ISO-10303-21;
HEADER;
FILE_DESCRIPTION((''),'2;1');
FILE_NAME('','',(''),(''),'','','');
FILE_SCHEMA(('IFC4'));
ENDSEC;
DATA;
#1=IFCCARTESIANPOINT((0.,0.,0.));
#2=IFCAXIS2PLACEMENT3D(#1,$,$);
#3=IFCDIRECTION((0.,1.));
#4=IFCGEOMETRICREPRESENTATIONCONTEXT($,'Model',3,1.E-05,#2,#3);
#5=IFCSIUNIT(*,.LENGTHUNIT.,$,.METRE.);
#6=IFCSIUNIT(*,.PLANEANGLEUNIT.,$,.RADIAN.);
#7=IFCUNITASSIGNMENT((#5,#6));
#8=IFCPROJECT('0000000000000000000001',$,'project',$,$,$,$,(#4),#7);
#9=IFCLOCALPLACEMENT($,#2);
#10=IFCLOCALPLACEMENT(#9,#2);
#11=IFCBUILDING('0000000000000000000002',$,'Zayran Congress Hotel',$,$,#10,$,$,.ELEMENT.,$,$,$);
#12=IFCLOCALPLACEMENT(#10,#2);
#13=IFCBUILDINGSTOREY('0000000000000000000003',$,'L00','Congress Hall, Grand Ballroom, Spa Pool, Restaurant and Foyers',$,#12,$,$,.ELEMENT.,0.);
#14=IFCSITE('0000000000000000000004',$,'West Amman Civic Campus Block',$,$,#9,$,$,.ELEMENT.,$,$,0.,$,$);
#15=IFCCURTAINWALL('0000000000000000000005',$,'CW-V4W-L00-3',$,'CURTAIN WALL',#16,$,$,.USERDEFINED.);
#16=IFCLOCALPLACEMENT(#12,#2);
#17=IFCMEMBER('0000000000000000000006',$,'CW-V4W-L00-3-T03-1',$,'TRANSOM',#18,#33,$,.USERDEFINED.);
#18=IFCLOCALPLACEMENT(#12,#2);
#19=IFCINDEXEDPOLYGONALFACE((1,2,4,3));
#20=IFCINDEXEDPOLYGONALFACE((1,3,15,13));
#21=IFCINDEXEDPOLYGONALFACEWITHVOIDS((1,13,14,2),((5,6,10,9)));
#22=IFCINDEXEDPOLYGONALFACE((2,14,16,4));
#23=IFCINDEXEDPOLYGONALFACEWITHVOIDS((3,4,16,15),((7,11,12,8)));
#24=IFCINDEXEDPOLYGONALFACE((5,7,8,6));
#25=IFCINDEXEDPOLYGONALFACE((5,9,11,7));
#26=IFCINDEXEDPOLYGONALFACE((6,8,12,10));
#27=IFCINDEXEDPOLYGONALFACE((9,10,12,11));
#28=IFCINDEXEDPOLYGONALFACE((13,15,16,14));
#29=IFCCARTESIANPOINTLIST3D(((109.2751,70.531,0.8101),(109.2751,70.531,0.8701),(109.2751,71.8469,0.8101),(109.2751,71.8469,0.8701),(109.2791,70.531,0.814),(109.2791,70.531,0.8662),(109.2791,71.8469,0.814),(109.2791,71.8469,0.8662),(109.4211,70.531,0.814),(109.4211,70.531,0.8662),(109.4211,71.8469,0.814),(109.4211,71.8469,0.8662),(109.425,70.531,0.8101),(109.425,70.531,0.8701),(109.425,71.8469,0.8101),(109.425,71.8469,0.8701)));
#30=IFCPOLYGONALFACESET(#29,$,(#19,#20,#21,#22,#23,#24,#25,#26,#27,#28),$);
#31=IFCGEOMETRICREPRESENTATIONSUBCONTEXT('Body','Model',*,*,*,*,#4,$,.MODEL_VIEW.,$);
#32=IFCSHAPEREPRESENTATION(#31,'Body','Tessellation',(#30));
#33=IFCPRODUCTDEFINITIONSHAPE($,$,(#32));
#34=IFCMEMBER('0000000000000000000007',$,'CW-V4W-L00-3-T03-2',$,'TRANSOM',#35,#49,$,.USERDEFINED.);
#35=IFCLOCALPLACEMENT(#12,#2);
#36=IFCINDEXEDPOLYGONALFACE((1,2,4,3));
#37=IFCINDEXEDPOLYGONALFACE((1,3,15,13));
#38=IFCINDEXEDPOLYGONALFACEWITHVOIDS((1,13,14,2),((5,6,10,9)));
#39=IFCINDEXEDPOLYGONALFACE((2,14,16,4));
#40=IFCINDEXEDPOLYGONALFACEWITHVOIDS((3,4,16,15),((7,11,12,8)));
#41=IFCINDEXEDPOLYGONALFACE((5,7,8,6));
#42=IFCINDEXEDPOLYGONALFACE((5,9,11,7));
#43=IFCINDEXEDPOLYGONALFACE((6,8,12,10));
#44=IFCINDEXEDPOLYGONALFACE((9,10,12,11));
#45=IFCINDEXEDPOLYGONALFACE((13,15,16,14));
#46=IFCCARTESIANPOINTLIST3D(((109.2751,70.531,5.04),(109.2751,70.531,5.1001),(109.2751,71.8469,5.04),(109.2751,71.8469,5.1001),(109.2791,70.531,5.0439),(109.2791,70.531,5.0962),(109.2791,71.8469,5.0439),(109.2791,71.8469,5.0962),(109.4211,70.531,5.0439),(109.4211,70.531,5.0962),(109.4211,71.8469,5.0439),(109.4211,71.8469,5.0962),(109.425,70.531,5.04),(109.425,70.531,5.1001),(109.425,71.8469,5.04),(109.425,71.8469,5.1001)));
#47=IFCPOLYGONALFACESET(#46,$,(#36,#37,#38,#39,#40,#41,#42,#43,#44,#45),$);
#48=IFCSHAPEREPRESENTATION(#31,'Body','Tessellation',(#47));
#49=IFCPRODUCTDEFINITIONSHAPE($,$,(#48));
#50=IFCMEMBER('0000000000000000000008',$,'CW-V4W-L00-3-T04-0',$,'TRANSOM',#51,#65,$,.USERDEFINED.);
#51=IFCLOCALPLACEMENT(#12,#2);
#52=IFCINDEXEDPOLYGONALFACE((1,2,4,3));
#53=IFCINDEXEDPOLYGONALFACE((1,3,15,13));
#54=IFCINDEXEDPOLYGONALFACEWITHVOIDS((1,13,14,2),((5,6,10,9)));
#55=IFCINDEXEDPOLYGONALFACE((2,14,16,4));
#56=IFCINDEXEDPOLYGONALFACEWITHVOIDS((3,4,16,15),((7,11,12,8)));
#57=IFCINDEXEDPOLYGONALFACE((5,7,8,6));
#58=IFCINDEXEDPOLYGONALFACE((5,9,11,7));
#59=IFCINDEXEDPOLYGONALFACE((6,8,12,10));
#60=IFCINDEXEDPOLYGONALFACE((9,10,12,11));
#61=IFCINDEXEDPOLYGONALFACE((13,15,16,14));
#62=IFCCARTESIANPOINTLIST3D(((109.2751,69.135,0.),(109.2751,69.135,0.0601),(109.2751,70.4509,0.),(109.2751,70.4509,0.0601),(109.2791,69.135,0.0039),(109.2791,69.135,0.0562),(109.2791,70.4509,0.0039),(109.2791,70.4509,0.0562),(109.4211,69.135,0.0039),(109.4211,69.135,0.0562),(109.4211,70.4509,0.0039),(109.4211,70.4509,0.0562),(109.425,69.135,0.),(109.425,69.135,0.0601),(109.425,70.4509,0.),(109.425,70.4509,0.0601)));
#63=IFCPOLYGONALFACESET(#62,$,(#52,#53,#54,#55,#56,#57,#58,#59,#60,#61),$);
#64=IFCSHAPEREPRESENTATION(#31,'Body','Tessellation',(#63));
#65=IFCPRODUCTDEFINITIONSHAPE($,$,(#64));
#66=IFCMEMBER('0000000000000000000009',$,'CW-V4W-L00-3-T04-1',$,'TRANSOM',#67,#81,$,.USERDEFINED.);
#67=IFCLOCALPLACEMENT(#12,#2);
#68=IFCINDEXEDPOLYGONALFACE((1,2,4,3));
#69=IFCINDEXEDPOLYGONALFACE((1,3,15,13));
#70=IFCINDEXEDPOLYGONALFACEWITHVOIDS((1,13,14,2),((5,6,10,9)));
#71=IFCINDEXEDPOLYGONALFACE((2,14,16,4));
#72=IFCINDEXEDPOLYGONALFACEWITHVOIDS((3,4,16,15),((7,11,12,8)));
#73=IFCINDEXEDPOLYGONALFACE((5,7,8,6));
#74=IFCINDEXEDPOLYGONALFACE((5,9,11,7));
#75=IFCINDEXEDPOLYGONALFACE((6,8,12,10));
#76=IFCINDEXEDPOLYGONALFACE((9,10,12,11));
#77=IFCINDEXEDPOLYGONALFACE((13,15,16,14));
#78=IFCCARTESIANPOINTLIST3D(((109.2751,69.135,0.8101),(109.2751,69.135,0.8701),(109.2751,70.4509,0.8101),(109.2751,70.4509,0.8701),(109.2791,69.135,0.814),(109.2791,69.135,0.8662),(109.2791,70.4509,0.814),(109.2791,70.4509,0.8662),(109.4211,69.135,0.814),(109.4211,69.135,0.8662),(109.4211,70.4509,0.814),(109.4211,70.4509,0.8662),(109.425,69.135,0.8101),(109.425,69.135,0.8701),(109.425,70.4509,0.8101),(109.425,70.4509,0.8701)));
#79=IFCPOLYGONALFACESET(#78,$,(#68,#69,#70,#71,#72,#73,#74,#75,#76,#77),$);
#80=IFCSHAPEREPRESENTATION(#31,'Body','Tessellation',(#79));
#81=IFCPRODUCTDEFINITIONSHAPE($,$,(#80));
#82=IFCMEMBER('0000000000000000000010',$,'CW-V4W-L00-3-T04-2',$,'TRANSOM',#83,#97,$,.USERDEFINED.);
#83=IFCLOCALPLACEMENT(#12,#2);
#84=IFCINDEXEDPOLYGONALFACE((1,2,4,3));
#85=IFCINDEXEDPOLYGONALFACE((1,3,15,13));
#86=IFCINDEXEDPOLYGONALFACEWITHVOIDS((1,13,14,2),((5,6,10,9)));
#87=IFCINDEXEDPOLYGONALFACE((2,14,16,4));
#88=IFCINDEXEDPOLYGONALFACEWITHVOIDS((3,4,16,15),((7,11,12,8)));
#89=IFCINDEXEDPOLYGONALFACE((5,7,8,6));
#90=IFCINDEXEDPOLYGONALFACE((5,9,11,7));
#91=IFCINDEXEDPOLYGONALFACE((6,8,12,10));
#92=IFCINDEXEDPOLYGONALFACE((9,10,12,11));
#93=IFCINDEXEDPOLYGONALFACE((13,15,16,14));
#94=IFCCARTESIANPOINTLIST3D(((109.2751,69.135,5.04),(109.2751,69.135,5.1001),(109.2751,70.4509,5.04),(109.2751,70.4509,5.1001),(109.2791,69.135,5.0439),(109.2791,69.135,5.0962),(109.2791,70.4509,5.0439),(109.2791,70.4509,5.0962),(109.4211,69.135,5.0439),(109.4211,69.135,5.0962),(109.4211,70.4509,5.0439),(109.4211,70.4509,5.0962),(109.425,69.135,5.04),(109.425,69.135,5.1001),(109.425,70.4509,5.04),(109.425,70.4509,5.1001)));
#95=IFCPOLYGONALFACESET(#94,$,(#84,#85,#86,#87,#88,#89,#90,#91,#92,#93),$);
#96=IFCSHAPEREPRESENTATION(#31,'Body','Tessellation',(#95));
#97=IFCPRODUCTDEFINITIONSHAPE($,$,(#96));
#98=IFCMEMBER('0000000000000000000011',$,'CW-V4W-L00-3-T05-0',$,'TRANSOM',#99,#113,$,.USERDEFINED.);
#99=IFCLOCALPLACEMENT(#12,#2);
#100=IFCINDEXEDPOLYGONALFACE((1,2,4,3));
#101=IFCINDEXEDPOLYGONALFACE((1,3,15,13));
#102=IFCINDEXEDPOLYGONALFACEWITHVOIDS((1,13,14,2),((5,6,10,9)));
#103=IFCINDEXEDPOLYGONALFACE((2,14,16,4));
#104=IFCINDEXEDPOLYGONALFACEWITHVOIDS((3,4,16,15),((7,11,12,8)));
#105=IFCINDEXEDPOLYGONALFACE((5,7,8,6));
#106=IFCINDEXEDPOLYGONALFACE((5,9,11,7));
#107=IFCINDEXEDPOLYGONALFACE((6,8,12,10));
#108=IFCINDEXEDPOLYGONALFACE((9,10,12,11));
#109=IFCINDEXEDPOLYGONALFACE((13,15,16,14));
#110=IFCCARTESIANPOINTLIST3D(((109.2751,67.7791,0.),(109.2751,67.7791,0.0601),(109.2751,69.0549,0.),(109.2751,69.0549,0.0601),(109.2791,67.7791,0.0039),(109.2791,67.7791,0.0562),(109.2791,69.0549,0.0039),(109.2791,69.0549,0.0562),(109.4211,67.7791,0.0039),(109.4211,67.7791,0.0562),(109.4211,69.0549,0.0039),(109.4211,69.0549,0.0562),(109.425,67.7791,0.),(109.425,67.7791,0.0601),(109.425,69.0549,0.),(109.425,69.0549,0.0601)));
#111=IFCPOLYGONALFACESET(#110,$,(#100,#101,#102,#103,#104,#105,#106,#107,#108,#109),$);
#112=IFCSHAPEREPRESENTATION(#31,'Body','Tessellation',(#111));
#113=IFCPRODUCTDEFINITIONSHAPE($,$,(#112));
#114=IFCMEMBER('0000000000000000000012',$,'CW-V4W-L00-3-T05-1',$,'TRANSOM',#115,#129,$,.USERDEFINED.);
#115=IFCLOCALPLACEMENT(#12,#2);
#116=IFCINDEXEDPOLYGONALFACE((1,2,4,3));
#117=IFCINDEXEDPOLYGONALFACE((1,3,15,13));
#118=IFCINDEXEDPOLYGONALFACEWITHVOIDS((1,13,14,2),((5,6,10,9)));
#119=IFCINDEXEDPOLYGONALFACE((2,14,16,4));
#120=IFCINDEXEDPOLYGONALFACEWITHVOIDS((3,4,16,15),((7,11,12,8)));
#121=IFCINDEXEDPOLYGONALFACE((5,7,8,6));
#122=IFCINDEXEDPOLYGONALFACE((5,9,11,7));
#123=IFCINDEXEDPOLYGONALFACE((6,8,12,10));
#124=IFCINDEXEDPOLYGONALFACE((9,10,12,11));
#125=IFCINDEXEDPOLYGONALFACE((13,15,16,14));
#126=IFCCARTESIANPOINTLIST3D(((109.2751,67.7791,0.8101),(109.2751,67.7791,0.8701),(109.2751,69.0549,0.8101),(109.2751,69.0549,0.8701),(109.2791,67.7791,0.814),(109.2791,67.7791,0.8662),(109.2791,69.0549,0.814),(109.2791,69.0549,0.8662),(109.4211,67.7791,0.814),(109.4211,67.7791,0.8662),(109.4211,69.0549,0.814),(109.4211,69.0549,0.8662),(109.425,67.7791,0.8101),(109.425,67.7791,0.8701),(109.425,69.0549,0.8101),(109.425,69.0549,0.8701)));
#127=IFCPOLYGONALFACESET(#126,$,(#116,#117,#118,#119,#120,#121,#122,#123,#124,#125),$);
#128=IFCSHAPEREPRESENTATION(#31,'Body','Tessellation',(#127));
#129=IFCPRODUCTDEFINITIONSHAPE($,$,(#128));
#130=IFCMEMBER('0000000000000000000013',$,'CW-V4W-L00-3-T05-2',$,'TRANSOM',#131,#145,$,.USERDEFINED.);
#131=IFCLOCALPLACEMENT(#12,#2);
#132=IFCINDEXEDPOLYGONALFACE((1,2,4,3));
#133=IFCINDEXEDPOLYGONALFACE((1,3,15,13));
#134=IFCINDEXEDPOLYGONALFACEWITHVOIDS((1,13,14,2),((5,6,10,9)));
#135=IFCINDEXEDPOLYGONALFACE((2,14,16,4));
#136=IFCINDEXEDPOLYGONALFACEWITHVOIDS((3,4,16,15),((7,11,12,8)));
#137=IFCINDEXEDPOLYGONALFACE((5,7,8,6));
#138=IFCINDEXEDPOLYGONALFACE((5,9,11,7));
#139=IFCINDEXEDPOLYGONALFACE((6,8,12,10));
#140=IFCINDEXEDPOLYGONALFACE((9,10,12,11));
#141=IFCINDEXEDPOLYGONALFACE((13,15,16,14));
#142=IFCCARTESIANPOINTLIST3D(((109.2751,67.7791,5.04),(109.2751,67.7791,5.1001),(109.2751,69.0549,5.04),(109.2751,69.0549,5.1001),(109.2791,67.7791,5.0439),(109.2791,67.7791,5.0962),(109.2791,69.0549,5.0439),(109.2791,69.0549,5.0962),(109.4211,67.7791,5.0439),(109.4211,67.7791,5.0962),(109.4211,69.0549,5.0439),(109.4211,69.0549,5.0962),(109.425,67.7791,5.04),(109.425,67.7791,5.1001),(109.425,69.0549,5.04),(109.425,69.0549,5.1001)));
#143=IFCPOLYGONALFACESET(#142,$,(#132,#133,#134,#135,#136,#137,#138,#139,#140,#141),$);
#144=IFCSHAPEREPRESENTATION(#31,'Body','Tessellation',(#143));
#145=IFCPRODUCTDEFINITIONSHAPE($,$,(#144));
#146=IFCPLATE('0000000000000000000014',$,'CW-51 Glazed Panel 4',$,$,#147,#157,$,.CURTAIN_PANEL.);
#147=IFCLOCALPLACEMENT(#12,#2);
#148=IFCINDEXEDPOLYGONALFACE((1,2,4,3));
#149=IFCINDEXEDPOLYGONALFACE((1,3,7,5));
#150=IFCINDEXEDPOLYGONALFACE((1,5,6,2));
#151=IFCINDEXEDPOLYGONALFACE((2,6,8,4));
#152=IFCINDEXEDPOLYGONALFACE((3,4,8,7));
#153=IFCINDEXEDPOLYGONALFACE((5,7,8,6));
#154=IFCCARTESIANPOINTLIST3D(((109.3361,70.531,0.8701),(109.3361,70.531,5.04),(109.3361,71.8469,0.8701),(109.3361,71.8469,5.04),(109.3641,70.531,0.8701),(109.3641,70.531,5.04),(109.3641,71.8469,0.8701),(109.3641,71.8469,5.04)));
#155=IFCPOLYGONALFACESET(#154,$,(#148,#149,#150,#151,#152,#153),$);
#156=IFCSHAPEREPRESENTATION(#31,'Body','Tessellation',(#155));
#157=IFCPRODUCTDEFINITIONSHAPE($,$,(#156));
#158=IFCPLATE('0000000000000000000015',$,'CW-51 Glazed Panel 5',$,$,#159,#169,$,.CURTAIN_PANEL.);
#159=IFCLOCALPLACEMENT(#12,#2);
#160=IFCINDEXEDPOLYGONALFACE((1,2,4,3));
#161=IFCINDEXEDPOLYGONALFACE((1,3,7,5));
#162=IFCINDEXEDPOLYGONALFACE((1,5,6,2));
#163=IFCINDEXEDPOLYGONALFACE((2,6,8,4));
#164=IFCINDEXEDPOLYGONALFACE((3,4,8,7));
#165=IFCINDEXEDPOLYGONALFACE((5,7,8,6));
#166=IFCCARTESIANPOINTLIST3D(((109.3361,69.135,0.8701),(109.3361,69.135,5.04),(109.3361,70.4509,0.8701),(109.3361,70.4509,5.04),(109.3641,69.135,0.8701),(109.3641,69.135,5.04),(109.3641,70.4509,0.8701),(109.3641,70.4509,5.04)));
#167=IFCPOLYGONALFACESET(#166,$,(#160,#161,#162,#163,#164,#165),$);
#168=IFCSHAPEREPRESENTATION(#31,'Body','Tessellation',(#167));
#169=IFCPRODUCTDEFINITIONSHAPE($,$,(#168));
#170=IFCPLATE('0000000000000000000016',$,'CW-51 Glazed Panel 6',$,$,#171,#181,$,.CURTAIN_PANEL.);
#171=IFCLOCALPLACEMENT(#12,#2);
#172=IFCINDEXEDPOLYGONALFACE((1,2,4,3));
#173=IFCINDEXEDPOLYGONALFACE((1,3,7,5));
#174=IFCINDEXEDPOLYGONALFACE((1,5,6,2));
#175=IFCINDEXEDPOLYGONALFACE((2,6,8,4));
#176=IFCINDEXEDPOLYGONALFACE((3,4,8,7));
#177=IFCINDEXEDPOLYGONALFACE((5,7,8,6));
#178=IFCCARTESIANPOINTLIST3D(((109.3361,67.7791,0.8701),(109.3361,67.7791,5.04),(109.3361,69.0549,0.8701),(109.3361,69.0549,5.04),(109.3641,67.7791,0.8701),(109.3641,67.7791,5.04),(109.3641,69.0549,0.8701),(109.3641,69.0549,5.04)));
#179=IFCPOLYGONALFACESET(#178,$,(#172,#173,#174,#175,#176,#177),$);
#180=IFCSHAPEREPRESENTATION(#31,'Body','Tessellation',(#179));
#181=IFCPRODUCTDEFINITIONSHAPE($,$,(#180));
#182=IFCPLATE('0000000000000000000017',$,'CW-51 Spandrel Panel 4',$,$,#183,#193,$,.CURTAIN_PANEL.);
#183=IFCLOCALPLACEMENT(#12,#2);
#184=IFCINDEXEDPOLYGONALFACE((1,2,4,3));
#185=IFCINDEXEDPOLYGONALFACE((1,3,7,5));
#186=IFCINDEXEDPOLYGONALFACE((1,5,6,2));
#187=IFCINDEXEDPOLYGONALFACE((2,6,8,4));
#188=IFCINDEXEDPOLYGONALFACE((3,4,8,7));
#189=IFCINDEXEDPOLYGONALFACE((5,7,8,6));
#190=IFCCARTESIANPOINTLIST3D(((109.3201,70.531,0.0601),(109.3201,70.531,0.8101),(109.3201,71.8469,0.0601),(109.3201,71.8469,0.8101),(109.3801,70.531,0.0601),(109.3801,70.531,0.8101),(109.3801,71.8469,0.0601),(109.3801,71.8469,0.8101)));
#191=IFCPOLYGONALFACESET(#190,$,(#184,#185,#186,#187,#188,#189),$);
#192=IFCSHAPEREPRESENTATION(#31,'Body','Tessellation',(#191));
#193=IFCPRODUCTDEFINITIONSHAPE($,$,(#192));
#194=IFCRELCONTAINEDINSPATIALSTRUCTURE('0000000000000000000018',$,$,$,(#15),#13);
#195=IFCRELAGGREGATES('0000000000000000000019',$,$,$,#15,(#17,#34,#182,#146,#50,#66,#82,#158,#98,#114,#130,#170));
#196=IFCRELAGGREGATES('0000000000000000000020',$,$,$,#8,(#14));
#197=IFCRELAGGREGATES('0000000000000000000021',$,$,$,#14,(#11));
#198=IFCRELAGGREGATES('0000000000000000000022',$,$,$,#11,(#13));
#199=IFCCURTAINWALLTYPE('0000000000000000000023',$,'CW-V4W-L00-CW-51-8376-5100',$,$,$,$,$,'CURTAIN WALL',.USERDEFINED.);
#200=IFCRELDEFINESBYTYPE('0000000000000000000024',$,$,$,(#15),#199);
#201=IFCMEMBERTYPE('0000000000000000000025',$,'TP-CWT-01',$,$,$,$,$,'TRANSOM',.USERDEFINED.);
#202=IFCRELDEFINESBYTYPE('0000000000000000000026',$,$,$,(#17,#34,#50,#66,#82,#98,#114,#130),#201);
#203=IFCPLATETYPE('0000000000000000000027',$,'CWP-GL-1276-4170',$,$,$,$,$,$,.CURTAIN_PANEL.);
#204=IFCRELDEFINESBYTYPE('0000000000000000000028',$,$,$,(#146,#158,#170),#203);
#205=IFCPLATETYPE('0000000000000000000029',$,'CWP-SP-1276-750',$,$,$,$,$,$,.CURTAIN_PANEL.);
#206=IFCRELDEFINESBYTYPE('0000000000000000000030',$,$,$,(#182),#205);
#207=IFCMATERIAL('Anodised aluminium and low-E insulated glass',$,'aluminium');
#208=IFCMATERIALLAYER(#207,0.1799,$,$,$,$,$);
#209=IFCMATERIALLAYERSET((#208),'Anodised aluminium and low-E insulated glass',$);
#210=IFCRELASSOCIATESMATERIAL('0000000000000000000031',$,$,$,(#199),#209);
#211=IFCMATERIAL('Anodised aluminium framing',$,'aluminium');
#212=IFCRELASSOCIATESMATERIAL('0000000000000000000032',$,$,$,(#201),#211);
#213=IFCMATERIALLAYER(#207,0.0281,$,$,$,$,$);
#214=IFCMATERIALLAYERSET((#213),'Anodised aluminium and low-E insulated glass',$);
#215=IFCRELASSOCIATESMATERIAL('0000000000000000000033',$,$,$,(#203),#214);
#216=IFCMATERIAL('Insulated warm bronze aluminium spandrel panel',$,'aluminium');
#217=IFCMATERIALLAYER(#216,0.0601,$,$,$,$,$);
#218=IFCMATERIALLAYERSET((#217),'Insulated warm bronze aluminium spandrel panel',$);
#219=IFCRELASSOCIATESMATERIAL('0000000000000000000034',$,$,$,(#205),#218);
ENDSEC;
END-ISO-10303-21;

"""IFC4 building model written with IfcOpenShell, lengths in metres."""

from ifc_helpers import new_model, si_unit, direction, frame, origin, origin_2d, place, context, subcontext, project, spatial, rectangle, hollow_rectangle, extrude, material, layer, layer_set, material_profile, profile_set, type_object, element, aggregate, save


model = new_model("IFC4")

# Units and contexts
model_context = context("Model", 3, precision=1e-05, world=origin(), true_north=direction((0.0, 1.0)))
body_context = subcontext(model_context, "Body", "Model", "MODEL_VIEW")
ifc_project = project(units=[si_unit("LENGTHUNIT", "METRE"), si_unit("PLANEANGLEUNIT", "RADIAN")], contexts=[model_context])

# Site, building, storey
site_placement = place(None, origin())
site = spatial("IfcSite", under=ifc_project, at=site_placement, Name="West Amman Civic Campus Block", CompositionType="ELEMENT", RefElevation=0.0)
building_placement = place(site_placement, origin())
building = spatial("IfcBuilding", under=site, at=building_placement, Name="Zayran Congress Hotel", CompositionType="ELEMENT")
storey_placement = place(building_placement, origin())
storey = spatial("IfcBuildingStorey", under=building, at=storey_placement, Name="L00", Description="Congress Hall, Grand Ballroom, Spa Pool, Restaurant and Foyers", CompositionType="ELEMENT", Elevation=0.0)

# Shared definitions
ifc_material_1 = material(Name="Anodised aluminium and low-E insulated glass", Category="aluminium")
ifc_material_2 = material(Name="Anodised aluminium framing", Category="aluminium")

# Curtain wall
ifc_layer_1 = layer(ifc_material_1, 0.1799)
ifc_layer_set_1 = layer_set([ifc_layer_1], Name="Anodised aluminium and low-E insulated glass")
curtain_wall_type_1 = type_object("IfcCurtainWallType", Name="CW-V4W-L00-CW-51-8376-5100", ElementType="CURTAIN WALL", PredefinedType="USERDEFINED", material=ifc_layer_set_1)
curtain_wall_1_placement = place(storey_placement, origin())
curtain_wall_1 = element("IfcCurtainWall", 1, at=curtain_wall_1_placement, inside=storey, type_object=curtain_wall_type_1, Name="CW-V4W-L00-3", ObjectType="CURTAIN WALL", PredefinedType="USERDEFINED")

# Members
ifc_material_profile_1 = material_profile(ifc_material_2, hollow_rectangle(XDim=0.0601, YDim=0.1499, WallThickness=0.0039, at=origin_2d()), Name="RHS 150x60x4")
ifc_profile_set_1 = profile_set([ifc_material_profile_1], Name="Anodised aluminium framing")
member_type_1 = type_object("IfcMemberType", Name="TP-CWT-01", ElementType="TRANSOM", PredefinedType="USERDEFINED", material=ifc_profile_set_1)
member_1_placement = place(storey_placement, frame((109.3501, 71.8469, 0.8401), z_axis=(0.0, -1.0, 0.0), x_axis=(0.0, 0.0, 1.0)))
member_1 = element("IfcMember", 2, at=member_1_placement, type_object=member_type_1, Name="CW-V4W-L00-3-T03-1", ObjectType="TRANSOM", PredefinedType="USERDEFINED", context=body_context, shape_type="SweptSolid", body=[
    extrude(hollow_rectangle(XDim=0.0601, YDim=0.1499, WallThickness=0.0039, at=origin_2d()), origin(), (0.0, 0.0, 1.0), 1.3159),
])
member_2_placement = place(storey_placement, frame((109.3501, 71.8469, 5.0701), z_axis=(0.0, -1.0, 0.0), x_axis=(0.0, 0.0, 1.0)))
member_2 = element("IfcMember", 3, at=member_2_placement, type_object=member_type_1, Name="CW-V4W-L00-3-T03-2", ObjectType="TRANSOM", PredefinedType="USERDEFINED", context=body_context, shape_type="SweptSolid", body=[
    extrude(hollow_rectangle(XDim=0.0601, YDim=0.1499, WallThickness=0.0039, at=origin_2d()), origin(), (0.0, 0.0, 1.0), 1.3159),
])
member_3_placement = place(storey_placement, frame((109.3501, 70.4509, 0.03), z_axis=(0.0, -1.0, 0.0), x_axis=(0.0, 0.0, 1.0)))
member_3 = element("IfcMember", 4, at=member_3_placement, type_object=member_type_1, Name="CW-V4W-L00-3-T04-0", ObjectType="TRANSOM", PredefinedType="USERDEFINED", context=body_context, shape_type="SweptSolid", body=[
    extrude(hollow_rectangle(XDim=0.0601, YDim=0.1499, WallThickness=0.0039, at=origin_2d()), origin(), (0.0, 0.0, 1.0), 1.3159),
])
member_4_placement = place(storey_placement, frame((109.3501, 70.4509, 0.8401), z_axis=(0.0, -1.0, 0.0), x_axis=(0.0, 0.0, 1.0)))
member_4 = element("IfcMember", 5, at=member_4_placement, type_object=member_type_1, Name="CW-V4W-L00-3-T04-1", ObjectType="TRANSOM", PredefinedType="USERDEFINED", context=body_context, shape_type="SweptSolid", body=[
    extrude(hollow_rectangle(XDim=0.0601, YDim=0.1499, WallThickness=0.0039, at=origin_2d()), origin(), (0.0, 0.0, 1.0), 1.3159),
])
member_5_placement = place(storey_placement, frame((109.3501, 70.4509, 5.0701), z_axis=(0.0, -1.0, 0.0), x_axis=(0.0, 0.0, 1.0)))
member_5 = element("IfcMember", 6, at=member_5_placement, type_object=member_type_1, Name="CW-V4W-L00-3-T04-2", ObjectType="TRANSOM", PredefinedType="USERDEFINED", context=body_context, shape_type="SweptSolid", body=[
    extrude(hollow_rectangle(XDim=0.0601, YDim=0.1499, WallThickness=0.0039, at=origin_2d()), origin(), (0.0, 0.0, 1.0), 1.3159),
])
member_6_placement = place(storey_placement, frame((109.3501, 69.0549, 0.03), z_axis=(0.0, -1.0, 0.0), x_axis=(0.0, 0.0, 1.0)))
member_6 = element("IfcMember", 7, at=member_6_placement, type_object=member_type_1, Name="CW-V4W-L00-3-T05-0", ObjectType="TRANSOM", PredefinedType="USERDEFINED", context=body_context, shape_type="SweptSolid", body=[
    extrude(hollow_rectangle(XDim=0.0601, YDim=0.1499, WallThickness=0.0039, at=origin_2d()), origin(), (0.0, 0.0, 1.0), 1.2759),
])
member_7_placement = place(storey_placement, frame((109.3501, 69.0549, 0.8401), z_axis=(0.0, -1.0, 0.0), x_axis=(0.0, 0.0, 1.0)))
member_7 = element("IfcMember", 8, at=member_7_placement, type_object=member_type_1, Name="CW-V4W-L00-3-T05-1", ObjectType="TRANSOM", PredefinedType="USERDEFINED", context=body_context, shape_type="SweptSolid", body=[
    extrude(hollow_rectangle(XDim=0.0601, YDim=0.1499, WallThickness=0.0039, at=origin_2d()), origin(), (0.0, 0.0, 1.0), 1.2759),
])
member_8_placement = place(storey_placement, frame((109.3501, 69.0549, 5.0701), z_axis=(0.0, -1.0, 0.0), x_axis=(0.0, 0.0, 1.0)))
member_8 = element("IfcMember", 9, at=member_8_placement, type_object=member_type_1, Name="CW-V4W-L00-3-T05-2", ObjectType="TRANSOM", PredefinedType="USERDEFINED", context=body_context, shape_type="SweptSolid", body=[
    extrude(hollow_rectangle(XDim=0.0601, YDim=0.1499, WallThickness=0.0039, at=origin_2d()), origin(), (0.0, 0.0, 1.0), 1.2759),
])

# Plates
ifc_layer_2 = layer(ifc_material_1, 0.0281)
ifc_layer_set_2 = layer_set([ifc_layer_2], Name="Anodised aluminium and low-E insulated glass")
plate_type_1 = type_object("IfcPlateType", Name="CWP-GL-1276-4170", PredefinedType="CURTAIN_PANEL", material=ifc_layer_set_2)
plate_1_placement = place(storey_placement, frame((109.3501, 71.189, 0.8701), z_axis=(0.0, 0.0, 1.0), x_axis=(0.0, 1.0, 0.0)))
plate_1 = element("IfcPlate", 10, at=plate_1_placement, type_object=plate_type_1, Name="CW-51 Glazed Panel 4", PredefinedType="CURTAIN_PANEL", context=body_context, shape_type="SweptSolid", body=[
    extrude(rectangle(XDim=1.3159, YDim=0.0281, at=origin_2d()), origin(), (0.0, 0.0, 1.0), 4.1699),
])
plate_2_placement = place(storey_placement, frame((109.3501, 69.793, 0.8701), z_axis=(0.0, 0.0, 1.0), x_axis=(0.0, 1.0, 0.0)))
plate_2 = element("IfcPlate", 11, at=plate_2_placement, type_object=plate_type_1, Name="CW-51 Glazed Panel 5", PredefinedType="CURTAIN_PANEL", context=body_context, shape_type="SweptSolid", body=[
    extrude(rectangle(XDim=1.3159, YDim=0.0281, at=origin_2d()), origin(), (0.0, 0.0, 1.0), 4.1699),
])
plate_3_placement = place(storey_placement, frame((109.3501, 68.417, 0.8701), z_axis=(0.0, 0.0, 1.0), x_axis=(0.0, 1.0, 0.0)))
plate_3 = element("IfcPlate", 12, at=plate_3_placement, type_object=plate_type_1, Name="CW-51 Glazed Panel 6", PredefinedType="CURTAIN_PANEL", context=body_context, shape_type="SweptSolid", body=[
    extrude(rectangle(XDim=1.2759, YDim=0.0281, at=origin_2d()), origin(), (0.0, 0.0, 1.0), 4.1699),
])
ifc_material_3 = material(Name="Insulated warm bronze aluminium spandrel panel", Category="aluminium")
ifc_layer_3 = layer(ifc_material_3, 0.0601)
ifc_layer_set_3 = layer_set([ifc_layer_3], Name="Insulated warm bronze aluminium spandrel panel")
plate_type_2 = type_object("IfcPlateType", Name="CWP-SP-1276-750", PredefinedType="CURTAIN_PANEL", material=ifc_layer_set_3)
plate_4_placement = place(storey_placement, frame((109.3501, 71.189, 0.0601), z_axis=(0.0, 0.0, 1.0), x_axis=(0.0, 1.0, 0.0)))
plate_4 = element("IfcPlate", 13, at=plate_4_placement, type_object=plate_type_2, Name="CW-51 Spandrel Panel 4", PredefinedType="CURTAIN_PANEL", context=body_context, shape_type="SweptSolid", body=[
    extrude(rectangle(XDim=1.3159, YDim=0.0601, at=origin_2d()), origin(), (0.0, 0.0, 1.0), 0.75),
])
aggregate(curtain_wall_1, [member_1, member_2, plate_4, plate_1, member_3, member_4, member_5, plate_2, member_6, member_7, member_8, plate_3])

save(model, "model.ifc")
